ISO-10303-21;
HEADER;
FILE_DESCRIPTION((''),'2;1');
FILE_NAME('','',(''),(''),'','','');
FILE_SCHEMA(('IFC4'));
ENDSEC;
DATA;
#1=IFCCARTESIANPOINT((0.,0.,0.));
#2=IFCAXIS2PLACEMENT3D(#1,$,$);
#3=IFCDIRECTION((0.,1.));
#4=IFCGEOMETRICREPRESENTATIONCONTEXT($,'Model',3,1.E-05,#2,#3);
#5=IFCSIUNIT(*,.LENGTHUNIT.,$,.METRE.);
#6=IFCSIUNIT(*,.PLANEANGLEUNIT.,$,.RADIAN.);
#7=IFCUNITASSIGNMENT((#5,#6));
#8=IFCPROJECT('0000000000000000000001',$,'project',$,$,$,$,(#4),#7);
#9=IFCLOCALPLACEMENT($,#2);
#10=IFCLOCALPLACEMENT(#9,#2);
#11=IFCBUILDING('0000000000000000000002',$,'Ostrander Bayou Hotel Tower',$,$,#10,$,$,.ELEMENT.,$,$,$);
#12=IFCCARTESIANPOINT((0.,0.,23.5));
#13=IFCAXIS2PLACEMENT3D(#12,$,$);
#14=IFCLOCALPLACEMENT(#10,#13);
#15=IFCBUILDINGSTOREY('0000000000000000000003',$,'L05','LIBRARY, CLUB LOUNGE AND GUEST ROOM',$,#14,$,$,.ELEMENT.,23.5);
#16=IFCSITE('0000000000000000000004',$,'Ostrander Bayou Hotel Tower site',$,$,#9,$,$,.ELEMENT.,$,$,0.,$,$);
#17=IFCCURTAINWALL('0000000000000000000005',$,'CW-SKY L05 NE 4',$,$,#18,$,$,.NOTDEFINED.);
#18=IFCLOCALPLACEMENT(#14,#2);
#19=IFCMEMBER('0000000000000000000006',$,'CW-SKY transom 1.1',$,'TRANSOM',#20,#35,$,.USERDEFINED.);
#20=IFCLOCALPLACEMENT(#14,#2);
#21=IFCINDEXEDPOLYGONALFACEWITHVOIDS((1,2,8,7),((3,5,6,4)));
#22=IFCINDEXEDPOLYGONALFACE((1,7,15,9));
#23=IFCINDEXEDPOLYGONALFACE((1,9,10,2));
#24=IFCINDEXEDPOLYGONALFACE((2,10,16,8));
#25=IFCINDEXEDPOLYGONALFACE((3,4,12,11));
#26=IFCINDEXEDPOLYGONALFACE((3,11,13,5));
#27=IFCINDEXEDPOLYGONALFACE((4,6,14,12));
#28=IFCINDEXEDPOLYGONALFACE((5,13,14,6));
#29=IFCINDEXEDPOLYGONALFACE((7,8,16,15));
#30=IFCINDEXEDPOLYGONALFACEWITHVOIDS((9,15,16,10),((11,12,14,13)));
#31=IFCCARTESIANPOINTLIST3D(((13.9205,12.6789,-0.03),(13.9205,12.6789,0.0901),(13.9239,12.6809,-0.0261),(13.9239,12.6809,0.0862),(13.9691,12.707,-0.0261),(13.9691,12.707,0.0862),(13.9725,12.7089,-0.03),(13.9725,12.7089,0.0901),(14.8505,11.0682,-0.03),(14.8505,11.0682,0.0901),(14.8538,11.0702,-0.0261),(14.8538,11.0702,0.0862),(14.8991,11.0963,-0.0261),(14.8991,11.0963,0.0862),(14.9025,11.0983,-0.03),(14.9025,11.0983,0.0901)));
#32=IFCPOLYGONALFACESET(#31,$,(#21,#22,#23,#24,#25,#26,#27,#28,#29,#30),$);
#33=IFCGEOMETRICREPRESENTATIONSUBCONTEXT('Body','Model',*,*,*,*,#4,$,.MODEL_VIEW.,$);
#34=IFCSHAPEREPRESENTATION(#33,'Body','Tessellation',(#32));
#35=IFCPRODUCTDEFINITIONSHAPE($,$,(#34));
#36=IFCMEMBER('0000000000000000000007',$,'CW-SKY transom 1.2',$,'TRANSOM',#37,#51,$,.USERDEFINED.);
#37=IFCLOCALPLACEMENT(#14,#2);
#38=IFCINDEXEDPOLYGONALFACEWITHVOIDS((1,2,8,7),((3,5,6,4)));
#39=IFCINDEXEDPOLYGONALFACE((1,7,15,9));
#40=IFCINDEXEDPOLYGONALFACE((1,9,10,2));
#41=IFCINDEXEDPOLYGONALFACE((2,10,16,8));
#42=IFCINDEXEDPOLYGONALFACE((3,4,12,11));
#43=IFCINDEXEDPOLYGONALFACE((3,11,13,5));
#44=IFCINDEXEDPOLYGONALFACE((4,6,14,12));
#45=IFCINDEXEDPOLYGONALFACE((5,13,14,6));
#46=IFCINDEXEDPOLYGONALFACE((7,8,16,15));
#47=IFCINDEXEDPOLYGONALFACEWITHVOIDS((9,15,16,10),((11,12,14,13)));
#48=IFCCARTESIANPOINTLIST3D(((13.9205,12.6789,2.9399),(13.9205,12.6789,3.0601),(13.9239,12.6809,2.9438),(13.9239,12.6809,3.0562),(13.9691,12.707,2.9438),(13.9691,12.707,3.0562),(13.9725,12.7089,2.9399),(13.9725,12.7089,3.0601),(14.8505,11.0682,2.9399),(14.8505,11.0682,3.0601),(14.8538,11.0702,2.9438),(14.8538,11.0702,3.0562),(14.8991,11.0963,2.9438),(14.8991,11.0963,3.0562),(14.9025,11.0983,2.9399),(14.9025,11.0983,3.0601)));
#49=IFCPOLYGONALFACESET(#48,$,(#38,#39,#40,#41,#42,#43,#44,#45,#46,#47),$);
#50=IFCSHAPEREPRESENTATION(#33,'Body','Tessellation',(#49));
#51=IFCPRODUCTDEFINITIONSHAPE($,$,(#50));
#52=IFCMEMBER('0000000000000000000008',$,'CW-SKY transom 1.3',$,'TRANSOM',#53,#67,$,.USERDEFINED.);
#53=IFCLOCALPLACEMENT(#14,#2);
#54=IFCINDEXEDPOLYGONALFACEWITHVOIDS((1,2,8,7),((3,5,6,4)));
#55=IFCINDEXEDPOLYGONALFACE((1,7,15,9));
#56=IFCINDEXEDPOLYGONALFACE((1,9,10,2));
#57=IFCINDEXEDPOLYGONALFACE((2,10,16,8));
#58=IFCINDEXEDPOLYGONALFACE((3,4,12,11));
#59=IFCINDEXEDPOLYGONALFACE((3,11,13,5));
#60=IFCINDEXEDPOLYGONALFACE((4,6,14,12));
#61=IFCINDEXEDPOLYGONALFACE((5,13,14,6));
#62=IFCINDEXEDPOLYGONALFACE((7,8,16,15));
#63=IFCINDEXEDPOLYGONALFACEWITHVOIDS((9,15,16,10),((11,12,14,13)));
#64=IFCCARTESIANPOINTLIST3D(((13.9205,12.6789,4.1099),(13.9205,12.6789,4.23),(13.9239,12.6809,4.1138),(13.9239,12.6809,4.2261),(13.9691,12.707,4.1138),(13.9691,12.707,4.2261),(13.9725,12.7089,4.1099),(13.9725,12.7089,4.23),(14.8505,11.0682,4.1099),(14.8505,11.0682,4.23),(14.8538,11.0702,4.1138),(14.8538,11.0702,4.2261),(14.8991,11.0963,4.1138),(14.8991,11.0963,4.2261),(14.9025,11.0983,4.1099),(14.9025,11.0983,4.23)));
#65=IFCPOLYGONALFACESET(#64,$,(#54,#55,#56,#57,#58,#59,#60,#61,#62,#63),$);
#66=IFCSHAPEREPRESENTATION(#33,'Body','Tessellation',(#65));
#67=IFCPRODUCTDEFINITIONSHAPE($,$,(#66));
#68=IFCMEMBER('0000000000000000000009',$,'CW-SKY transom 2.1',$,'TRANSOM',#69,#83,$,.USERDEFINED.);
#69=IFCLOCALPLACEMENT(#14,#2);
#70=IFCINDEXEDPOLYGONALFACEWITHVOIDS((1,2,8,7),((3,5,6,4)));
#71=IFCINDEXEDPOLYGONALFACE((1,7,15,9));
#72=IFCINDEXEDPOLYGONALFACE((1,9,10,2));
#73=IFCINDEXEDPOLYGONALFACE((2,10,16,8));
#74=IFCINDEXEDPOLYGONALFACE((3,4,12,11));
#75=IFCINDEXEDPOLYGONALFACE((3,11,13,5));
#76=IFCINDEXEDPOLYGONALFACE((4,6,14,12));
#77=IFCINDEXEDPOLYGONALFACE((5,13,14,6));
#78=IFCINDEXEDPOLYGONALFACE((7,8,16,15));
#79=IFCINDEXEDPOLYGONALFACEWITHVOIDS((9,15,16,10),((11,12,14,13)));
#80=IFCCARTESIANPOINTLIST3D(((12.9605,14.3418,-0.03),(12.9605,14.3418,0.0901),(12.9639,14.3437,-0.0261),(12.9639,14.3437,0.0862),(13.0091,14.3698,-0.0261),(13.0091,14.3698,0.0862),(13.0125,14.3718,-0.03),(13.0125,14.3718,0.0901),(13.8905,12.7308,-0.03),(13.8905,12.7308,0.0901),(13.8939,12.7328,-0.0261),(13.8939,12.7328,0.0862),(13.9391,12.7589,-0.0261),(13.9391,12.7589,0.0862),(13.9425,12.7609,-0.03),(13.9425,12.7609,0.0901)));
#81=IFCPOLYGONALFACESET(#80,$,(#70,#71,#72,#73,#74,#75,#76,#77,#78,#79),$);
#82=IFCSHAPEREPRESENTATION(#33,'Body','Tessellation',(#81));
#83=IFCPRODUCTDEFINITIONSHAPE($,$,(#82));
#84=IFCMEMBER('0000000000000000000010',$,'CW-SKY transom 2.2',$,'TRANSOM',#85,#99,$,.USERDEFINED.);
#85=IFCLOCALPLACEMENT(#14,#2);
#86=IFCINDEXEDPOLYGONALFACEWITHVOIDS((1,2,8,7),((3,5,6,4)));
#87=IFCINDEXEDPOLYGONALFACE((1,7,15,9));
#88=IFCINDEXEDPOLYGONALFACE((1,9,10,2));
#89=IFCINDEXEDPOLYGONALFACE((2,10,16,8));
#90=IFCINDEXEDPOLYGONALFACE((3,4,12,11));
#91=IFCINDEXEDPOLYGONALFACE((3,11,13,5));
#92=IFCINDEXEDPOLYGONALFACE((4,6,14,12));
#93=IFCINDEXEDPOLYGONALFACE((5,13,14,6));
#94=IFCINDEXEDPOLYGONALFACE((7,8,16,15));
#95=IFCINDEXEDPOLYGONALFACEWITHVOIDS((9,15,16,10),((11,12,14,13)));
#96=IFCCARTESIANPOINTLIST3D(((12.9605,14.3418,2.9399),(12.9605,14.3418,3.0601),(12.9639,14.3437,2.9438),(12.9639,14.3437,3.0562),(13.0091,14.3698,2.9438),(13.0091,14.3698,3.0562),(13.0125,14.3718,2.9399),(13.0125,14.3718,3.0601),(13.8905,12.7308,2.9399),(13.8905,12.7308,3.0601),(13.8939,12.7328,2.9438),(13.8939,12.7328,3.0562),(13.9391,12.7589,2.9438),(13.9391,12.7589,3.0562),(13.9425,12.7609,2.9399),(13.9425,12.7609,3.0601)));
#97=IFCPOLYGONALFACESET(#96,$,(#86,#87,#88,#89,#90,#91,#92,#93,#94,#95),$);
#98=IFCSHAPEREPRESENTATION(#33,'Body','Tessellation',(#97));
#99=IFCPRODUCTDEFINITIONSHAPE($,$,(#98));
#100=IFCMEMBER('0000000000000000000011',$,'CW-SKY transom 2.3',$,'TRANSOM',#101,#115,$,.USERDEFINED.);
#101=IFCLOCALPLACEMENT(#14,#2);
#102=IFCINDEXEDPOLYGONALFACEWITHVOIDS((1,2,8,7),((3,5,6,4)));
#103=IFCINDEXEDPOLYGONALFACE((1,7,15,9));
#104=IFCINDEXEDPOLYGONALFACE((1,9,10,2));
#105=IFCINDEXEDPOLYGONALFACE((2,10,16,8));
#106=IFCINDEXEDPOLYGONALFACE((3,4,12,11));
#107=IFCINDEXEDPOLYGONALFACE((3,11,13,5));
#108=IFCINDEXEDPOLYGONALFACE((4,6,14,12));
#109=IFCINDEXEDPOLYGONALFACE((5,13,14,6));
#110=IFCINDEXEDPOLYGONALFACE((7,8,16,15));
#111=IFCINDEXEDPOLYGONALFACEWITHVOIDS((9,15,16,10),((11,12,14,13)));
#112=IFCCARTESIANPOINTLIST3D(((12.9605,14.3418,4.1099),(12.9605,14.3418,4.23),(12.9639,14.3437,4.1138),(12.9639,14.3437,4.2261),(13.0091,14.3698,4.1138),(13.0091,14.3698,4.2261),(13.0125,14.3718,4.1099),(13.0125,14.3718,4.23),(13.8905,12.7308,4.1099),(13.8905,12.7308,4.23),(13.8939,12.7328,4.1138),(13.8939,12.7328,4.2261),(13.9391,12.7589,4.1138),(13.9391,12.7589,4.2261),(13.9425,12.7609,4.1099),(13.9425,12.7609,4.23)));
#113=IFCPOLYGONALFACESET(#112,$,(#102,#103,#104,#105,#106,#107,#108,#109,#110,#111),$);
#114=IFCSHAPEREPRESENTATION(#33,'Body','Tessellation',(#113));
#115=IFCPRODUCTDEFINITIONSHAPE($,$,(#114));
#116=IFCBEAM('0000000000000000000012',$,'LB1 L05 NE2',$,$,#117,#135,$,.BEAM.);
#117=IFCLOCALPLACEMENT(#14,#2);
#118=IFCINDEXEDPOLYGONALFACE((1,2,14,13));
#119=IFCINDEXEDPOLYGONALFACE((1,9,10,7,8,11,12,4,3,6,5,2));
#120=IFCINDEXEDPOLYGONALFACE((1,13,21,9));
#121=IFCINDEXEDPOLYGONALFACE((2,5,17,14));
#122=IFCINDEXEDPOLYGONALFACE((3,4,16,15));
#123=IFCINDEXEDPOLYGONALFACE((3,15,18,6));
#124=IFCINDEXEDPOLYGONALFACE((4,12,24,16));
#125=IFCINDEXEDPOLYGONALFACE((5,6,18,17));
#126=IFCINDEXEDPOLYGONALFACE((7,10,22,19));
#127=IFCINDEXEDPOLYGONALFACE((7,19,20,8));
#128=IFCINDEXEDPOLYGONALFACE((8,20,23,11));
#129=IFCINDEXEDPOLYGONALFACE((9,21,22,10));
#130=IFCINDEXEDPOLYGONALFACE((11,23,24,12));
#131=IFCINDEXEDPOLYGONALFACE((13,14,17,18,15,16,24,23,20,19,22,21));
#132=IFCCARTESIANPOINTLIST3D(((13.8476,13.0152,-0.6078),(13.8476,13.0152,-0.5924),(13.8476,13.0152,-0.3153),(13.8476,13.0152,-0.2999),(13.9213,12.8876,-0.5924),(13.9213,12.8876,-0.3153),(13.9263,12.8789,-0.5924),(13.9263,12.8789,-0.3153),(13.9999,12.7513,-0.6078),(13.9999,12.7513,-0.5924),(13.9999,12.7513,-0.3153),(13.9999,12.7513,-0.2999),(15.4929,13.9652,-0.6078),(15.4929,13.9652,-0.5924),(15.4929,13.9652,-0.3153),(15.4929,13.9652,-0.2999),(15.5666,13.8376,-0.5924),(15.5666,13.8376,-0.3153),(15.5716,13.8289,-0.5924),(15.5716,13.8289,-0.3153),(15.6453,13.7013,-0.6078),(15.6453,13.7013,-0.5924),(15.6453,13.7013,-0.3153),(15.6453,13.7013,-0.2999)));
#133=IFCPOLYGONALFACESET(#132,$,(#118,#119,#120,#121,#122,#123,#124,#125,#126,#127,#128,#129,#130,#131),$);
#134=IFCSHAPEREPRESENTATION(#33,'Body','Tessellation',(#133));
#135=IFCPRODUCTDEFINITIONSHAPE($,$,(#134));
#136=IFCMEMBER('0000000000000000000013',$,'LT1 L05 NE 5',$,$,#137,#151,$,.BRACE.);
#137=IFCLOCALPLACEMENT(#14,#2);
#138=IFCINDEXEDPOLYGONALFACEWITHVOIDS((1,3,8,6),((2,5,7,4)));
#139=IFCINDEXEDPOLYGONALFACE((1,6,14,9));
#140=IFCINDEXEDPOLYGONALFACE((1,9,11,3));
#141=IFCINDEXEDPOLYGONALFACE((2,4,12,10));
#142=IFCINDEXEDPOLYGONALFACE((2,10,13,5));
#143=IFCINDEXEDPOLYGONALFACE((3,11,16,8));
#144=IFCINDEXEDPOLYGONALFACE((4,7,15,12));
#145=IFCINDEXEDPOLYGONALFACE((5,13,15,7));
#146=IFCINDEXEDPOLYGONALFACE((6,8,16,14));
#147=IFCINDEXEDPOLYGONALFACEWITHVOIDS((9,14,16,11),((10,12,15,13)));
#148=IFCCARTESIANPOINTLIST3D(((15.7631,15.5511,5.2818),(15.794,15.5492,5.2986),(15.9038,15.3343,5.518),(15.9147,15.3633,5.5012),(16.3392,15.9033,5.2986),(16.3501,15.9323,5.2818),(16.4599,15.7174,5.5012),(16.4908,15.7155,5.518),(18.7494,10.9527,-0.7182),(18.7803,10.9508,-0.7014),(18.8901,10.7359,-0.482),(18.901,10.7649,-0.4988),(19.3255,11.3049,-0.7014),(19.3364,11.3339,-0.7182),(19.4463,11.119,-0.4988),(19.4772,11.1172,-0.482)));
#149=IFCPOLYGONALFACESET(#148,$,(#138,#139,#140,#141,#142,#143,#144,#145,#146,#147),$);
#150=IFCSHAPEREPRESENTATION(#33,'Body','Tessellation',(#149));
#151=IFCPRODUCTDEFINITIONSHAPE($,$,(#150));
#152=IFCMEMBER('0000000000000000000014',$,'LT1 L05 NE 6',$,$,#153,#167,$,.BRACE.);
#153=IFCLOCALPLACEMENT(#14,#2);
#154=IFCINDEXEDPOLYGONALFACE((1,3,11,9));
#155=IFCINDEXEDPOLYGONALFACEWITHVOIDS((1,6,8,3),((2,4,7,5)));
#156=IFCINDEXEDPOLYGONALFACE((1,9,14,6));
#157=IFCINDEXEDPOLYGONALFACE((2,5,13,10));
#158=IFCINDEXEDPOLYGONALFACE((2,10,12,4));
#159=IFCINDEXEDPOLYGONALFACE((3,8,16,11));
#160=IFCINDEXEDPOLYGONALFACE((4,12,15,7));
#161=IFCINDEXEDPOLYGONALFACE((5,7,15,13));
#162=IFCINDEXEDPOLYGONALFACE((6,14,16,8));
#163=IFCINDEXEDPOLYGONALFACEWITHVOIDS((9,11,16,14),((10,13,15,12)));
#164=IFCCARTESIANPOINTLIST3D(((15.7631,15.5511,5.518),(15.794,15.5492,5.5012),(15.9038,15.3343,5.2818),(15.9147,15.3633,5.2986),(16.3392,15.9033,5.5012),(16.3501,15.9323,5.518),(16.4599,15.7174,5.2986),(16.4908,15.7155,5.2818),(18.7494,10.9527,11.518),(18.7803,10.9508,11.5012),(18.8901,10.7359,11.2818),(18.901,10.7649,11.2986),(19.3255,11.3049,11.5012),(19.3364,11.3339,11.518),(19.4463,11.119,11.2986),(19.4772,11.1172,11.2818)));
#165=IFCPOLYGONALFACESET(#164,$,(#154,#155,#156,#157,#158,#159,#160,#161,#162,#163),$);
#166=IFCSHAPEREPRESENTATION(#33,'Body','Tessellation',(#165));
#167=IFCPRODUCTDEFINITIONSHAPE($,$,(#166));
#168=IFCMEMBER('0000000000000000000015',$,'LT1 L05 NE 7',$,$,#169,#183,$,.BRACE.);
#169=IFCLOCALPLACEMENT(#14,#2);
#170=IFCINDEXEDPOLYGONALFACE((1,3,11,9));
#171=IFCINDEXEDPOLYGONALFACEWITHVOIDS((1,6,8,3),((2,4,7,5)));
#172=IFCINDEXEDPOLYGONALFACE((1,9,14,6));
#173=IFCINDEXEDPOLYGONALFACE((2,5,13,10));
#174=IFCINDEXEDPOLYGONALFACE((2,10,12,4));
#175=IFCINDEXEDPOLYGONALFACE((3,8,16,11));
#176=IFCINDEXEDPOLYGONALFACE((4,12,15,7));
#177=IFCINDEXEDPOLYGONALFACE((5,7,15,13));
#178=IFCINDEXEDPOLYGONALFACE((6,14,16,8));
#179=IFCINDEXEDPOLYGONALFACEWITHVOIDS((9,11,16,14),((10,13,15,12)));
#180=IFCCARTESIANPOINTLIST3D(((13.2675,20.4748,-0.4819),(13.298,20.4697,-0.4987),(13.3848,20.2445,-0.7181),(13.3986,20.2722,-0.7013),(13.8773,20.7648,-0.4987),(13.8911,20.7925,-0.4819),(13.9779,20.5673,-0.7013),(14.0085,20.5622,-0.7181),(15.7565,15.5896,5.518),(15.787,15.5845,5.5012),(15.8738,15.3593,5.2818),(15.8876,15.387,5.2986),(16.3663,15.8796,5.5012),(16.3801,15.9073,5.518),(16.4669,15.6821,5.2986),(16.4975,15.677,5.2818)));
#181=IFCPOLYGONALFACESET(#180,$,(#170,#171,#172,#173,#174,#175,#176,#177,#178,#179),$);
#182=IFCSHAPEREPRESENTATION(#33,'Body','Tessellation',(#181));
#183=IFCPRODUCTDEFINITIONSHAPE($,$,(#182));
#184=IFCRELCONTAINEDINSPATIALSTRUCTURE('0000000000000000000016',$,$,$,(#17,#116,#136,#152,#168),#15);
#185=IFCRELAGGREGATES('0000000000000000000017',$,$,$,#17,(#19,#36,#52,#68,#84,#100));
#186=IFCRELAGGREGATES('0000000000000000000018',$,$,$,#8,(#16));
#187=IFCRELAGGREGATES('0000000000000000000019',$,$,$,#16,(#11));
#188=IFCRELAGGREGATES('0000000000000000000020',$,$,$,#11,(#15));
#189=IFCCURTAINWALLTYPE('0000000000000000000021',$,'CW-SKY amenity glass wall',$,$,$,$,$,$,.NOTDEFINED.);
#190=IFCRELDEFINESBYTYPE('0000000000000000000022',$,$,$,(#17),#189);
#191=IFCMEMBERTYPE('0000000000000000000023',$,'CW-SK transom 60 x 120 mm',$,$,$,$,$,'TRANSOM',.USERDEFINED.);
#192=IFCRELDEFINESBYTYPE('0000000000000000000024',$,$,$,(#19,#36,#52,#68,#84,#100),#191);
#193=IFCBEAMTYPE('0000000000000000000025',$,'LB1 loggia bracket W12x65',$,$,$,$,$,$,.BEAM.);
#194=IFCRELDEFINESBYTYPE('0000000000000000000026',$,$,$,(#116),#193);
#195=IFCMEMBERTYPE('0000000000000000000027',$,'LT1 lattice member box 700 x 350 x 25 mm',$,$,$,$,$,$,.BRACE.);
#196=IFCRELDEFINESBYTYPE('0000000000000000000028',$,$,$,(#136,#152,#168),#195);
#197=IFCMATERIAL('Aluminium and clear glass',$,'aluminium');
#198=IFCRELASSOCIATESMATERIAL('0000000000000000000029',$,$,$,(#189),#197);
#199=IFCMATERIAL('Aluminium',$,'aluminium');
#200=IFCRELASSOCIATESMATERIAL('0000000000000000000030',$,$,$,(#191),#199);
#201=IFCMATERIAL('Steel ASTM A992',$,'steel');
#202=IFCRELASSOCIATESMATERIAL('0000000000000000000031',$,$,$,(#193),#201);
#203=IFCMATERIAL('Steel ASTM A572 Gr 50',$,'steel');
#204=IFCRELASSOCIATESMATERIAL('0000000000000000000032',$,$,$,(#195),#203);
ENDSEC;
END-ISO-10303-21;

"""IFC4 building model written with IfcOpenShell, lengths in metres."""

from ifc_helpers import new_model, si_unit, direction, frame, origin, origin_2d, place, context, subcontext, project, spatial, hollow_rectangle, i_section, extrude, material, material_profile, profile_set, type_object, element, aggregate, save


model = new_model("IFC4")

# Units and contexts
model_context = context("Model", 3, precision=1e-05, world=origin(), true_north=direction((0.0, 1.0)))
body_context = subcontext(model_context, "Body", "Model", "MODEL_VIEW")
ifc_project = project(units=[si_unit("LENGTHUNIT", "METRE"), si_unit("PLANEANGLEUNIT", "RADIAN")], contexts=[model_context])

# Site, building, storey
site_placement = place(None, origin())
site = spatial("IfcSite", under=ifc_project, at=site_placement, Name="Ostrander Bayou Hotel Tower site", CompositionType="ELEMENT", RefElevation=0.0)
building_placement = place(site_placement, origin())
building = spatial("IfcBuilding", under=site, at=building_placement, Name="Ostrander Bayou Hotel Tower", CompositionType="ELEMENT")
storey_placement = place(building_placement, frame((0.0, 0.0, 23.5)))
storey = spatial("IfcBuildingStorey", under=building, at=storey_placement, Name="L05", Description="LIBRARY, CLUB LOUNGE AND GUEST ROOM", CompositionType="ELEMENT", Elevation=23.5)

# Shared definitions
ifc_material_1 = material(Name="Aluminium and clear glass", Category="aluminium")
curtain_wall_type_1 = type_object("IfcCurtainWallType", Name="CW-SKY amenity glass wall", PredefinedType="NOTDEFINED", material=ifc_material_1)

# Curtain wall, members
curtain_wall_1_placement = place(storey_placement, origin())
curtain_wall_1 = element("IfcCurtainWall", 1, at=curtain_wall_1_placement, inside=storey, type_object=curtain_wall_type_1, Name="CW-SKY L05 NE 4", PredefinedType="NOTDEFINED")
ifc_material_2 = material(Name="Aluminium", Category="aluminium")
ifc_material_profile_1 = material_profile(ifc_material_2, hollow_rectangle(XDim=0.0601, YDim=0.1201, WallThickness=0.0039, at=origin_2d()))
ifc_profile_set_1 = profile_set([ifc_material_profile_1], Name="Aluminium")
member_type_1 = type_object("IfcMemberType", Name="CW-SK transom 60 x 120 mm", ElementType="TRANSOM", PredefinedType="USERDEFINED", material=ifc_profile_set_1)
member_1_placement = place(storey_placement, frame((14.8765, 11.0833, 0.03), z_axis=(-0.500022, 0.866013, 0.0), x_axis=(-0.866013, -0.500022, 0.0)))
member_1 = element("IfcMember", 2, at=member_1_placement, type_object=member_type_1, Name="CW-SKY transom 1.1", ObjectType="TRANSOM", PredefinedType="USERDEFINED", context=body_context, shape_type="SweptSolid", body=[
    extrude(hollow_rectangle(XDim=0.0601, YDim=0.1201, WallThickness=0.0039, at=origin_2d()), origin(), (0.0, 0.0, 1.0), 1.8599),
])
member_2_placement = place(storey_placement, frame((14.8765, 11.0833, 3.0), z_axis=(-0.500022, 0.866013, 0.0), x_axis=(-0.866013, -0.500022, 0.0)))
member_2 = element("IfcMember", 3, at=member_2_placement, type_object=member_type_1, Name="CW-SKY transom 1.2", ObjectType="TRANSOM", PredefinedType="USERDEFINED", context=body_context, shape_type="SweptSolid", body=[
    extrude(hollow_rectangle(XDim=0.0601, YDim=0.1201, WallThickness=0.0039, at=origin_2d()), origin(), (0.0, 0.0, 1.0), 1.8599),
])
member_3_placement = place(storey_placement, frame((14.8765, 11.0833, 4.1699), z_axis=(-0.500022, 0.866013, 0.0), x_axis=(-0.866013, -0.500022, 0.0)))
member_3 = element("IfcMember", 4, at=member_3_placement, type_object=member_type_1, Name="CW-SKY transom 1.3", ObjectType="TRANSOM", PredefinedType="USERDEFINED", context=body_context, shape_type="SweptSolid", body=[
    extrude(hollow_rectangle(XDim=0.0601, YDim=0.1201, WallThickness=0.0039, at=origin_2d()), origin(), (0.0, 0.0, 1.0), 1.8599),
])
member_4_placement = place(storey_placement, frame((13.9165, 12.7458, 0.03), z_axis=(-0.499965, 0.866046, 0.0), x_axis=(-0.866046, -0.499965, 0.0)))
member_4 = element("IfcMember", 5, at=member_4_placement, type_object=member_type_1, Name="CW-SKY transom 2.1", ObjectType="TRANSOM", PredefinedType="USERDEFINED", context=body_context, shape_type="SweptSolid", body=[
    extrude(hollow_rectangle(XDim=0.0601, YDim=0.1201, WallThickness=0.0039, at=origin_2d()), origin(), (0.0, 0.0, 1.0), 1.8601),
])
member_5_placement = place(storey_placement, frame((13.9165, 12.7458, 3.0), z_axis=(-0.499965, 0.866046, 0.0), x_axis=(-0.866046, -0.499965, 0.0)))
member_5 = element("IfcMember", 6, at=member_5_placement, type_object=member_type_1, Name="CW-SKY transom 2.2", ObjectType="TRANSOM", PredefinedType="USERDEFINED", context=body_context, shape_type="SweptSolid", body=[
    extrude(hollow_rectangle(XDim=0.0601, YDim=0.1201, WallThickness=0.0039, at=origin_2d()), origin(), (0.0, 0.0, 1.0), 1.8601),
])
member_6_placement = place(storey_placement, frame((13.9165, 12.7458, 4.1699), z_axis=(-0.499965, 0.866046, 0.0), x_axis=(-0.866046, -0.499965, 0.0)))
member_6 = element("IfcMember", 7, at=member_6_placement, type_object=member_type_1, Name="CW-SKY transom 2.3", ObjectType="TRANSOM", PredefinedType="USERDEFINED", context=body_context, shape_type="SweptSolid", body=[
    extrude(hollow_rectangle(XDim=0.0601, YDim=0.1201, WallThickness=0.0039, at=origin_2d()), origin(), (0.0, 0.0, 1.0), 1.8601),
])

# Beam
ifc_material_3 = material(Name="Steel ASTM A992", Category="steel")
ifc_material_profile_2 = material_profile(ifc_material_3, i_section(OverallWidth=0.3047, OverallDepth=0.3079, WebThickness=0.01, FlangeThickness=0.0154, at=origin_2d()))
ifc_profile_set_2 = profile_set([ifc_material_profile_2], Name="Steel ASTM A992")
beam_type_1 = type_object("IfcBeamType", Name="LB1 loggia bracket W12x65", PredefinedType="BEAM", material=ifc_profile_set_2)
beam_1_placement = place(storey_placement, frame((15.5691, 13.8333, -0.4539), z_axis=(-0.866012, -0.500023, 0.0), x_axis=(0.500023, -0.866012, 0.0)))
element("IfcBeam", 8, at=beam_1_placement, inside=storey, type_object=beam_type_1, Name="LB1 L05 NE2", PredefinedType="BEAM", context=body_context, shape_type="SweptSolid", body=[
    extrude(i_section(OverallWidth=0.3047, OverallDepth=0.3079, WebThickness=0.01, FlangeThickness=0.0154, at=origin_2d()), origin(), (0.0, 0.0, 1.0), 1.8999),
])

# Members
ifc_material_4 = material(Name="Steel ASTM A572 Gr 50", Category="steel")
ifc_material_profile_3 = material_profile(ifc_material_4, hollow_rectangle(XDim=0.7, YDim=0.3501, WallThickness=0.0249, at=origin_2d()))
ifc_profile_set_3 = profile_set([ifc_material_profile_3], Name="Steel ASTM A572 Gr 50")
member_type_2 = type_object("IfcMemberType", Name="LT1 lattice member box 700 x 350 x 25 mm", PredefinedType="BRACE", material=ifc_profile_set_3)
for number, where, z_axis, x_axis, name in (
    (9, (16.127, 15.6333, 5.3999), (0.367415, -0.565751, -0.738195), (0.838662, 0.544652, 0.0), "LT1 L05 NE 5"),
    (10, (16.127, 15.6333, 5.3999), (0.367415, -0.565751, 0.738195), (0.838662, 0.544652, 0.0), "LT1 L05 NE 6"),
):
    element("IfcMember", number, at=place(storey_placement, frame(where, z_axis=z_axis, x_axis=x_axis)), inside=storey, type_object=member_type_2, Name=name, PredefinedType="BRACE", context=body_context, shape_type="SweptSolid", body=[
        extrude(hollow_rectangle(XDim=0.7, YDim=0.3501, WallThickness=0.0249, at=origin_2d()), origin(), (0.0, 0.0, 1.0), 8.1279),
    ])
for number, where, z_axis, x_axis, name in (
    (11, (16.127, 15.6333, 5.3999), (-0.306235, 0.601056, -0.738208), (-0.891017, -0.453969, 0.0), "LT1 L05 NE 7"),
):
    element("IfcMember", number, at=place(storey_placement, frame(where, z_axis=z_axis, x_axis=x_axis)), inside=storey, type_object=member_type_2, Name=name, PredefinedType="BRACE", context=body_context, shape_type="SweptSolid", body=[
        extrude(hollow_rectangle(XDim=0.7, YDim=0.3501, WallThickness=0.0249, at=origin_2d()), origin(), (0.0, 0.0, 1.0), 8.1277),
    ])

aggregate(curtain_wall_1, [member_1, member_2, member_3, member_4, member_5, member_6])

save(model, "model.ifc")
